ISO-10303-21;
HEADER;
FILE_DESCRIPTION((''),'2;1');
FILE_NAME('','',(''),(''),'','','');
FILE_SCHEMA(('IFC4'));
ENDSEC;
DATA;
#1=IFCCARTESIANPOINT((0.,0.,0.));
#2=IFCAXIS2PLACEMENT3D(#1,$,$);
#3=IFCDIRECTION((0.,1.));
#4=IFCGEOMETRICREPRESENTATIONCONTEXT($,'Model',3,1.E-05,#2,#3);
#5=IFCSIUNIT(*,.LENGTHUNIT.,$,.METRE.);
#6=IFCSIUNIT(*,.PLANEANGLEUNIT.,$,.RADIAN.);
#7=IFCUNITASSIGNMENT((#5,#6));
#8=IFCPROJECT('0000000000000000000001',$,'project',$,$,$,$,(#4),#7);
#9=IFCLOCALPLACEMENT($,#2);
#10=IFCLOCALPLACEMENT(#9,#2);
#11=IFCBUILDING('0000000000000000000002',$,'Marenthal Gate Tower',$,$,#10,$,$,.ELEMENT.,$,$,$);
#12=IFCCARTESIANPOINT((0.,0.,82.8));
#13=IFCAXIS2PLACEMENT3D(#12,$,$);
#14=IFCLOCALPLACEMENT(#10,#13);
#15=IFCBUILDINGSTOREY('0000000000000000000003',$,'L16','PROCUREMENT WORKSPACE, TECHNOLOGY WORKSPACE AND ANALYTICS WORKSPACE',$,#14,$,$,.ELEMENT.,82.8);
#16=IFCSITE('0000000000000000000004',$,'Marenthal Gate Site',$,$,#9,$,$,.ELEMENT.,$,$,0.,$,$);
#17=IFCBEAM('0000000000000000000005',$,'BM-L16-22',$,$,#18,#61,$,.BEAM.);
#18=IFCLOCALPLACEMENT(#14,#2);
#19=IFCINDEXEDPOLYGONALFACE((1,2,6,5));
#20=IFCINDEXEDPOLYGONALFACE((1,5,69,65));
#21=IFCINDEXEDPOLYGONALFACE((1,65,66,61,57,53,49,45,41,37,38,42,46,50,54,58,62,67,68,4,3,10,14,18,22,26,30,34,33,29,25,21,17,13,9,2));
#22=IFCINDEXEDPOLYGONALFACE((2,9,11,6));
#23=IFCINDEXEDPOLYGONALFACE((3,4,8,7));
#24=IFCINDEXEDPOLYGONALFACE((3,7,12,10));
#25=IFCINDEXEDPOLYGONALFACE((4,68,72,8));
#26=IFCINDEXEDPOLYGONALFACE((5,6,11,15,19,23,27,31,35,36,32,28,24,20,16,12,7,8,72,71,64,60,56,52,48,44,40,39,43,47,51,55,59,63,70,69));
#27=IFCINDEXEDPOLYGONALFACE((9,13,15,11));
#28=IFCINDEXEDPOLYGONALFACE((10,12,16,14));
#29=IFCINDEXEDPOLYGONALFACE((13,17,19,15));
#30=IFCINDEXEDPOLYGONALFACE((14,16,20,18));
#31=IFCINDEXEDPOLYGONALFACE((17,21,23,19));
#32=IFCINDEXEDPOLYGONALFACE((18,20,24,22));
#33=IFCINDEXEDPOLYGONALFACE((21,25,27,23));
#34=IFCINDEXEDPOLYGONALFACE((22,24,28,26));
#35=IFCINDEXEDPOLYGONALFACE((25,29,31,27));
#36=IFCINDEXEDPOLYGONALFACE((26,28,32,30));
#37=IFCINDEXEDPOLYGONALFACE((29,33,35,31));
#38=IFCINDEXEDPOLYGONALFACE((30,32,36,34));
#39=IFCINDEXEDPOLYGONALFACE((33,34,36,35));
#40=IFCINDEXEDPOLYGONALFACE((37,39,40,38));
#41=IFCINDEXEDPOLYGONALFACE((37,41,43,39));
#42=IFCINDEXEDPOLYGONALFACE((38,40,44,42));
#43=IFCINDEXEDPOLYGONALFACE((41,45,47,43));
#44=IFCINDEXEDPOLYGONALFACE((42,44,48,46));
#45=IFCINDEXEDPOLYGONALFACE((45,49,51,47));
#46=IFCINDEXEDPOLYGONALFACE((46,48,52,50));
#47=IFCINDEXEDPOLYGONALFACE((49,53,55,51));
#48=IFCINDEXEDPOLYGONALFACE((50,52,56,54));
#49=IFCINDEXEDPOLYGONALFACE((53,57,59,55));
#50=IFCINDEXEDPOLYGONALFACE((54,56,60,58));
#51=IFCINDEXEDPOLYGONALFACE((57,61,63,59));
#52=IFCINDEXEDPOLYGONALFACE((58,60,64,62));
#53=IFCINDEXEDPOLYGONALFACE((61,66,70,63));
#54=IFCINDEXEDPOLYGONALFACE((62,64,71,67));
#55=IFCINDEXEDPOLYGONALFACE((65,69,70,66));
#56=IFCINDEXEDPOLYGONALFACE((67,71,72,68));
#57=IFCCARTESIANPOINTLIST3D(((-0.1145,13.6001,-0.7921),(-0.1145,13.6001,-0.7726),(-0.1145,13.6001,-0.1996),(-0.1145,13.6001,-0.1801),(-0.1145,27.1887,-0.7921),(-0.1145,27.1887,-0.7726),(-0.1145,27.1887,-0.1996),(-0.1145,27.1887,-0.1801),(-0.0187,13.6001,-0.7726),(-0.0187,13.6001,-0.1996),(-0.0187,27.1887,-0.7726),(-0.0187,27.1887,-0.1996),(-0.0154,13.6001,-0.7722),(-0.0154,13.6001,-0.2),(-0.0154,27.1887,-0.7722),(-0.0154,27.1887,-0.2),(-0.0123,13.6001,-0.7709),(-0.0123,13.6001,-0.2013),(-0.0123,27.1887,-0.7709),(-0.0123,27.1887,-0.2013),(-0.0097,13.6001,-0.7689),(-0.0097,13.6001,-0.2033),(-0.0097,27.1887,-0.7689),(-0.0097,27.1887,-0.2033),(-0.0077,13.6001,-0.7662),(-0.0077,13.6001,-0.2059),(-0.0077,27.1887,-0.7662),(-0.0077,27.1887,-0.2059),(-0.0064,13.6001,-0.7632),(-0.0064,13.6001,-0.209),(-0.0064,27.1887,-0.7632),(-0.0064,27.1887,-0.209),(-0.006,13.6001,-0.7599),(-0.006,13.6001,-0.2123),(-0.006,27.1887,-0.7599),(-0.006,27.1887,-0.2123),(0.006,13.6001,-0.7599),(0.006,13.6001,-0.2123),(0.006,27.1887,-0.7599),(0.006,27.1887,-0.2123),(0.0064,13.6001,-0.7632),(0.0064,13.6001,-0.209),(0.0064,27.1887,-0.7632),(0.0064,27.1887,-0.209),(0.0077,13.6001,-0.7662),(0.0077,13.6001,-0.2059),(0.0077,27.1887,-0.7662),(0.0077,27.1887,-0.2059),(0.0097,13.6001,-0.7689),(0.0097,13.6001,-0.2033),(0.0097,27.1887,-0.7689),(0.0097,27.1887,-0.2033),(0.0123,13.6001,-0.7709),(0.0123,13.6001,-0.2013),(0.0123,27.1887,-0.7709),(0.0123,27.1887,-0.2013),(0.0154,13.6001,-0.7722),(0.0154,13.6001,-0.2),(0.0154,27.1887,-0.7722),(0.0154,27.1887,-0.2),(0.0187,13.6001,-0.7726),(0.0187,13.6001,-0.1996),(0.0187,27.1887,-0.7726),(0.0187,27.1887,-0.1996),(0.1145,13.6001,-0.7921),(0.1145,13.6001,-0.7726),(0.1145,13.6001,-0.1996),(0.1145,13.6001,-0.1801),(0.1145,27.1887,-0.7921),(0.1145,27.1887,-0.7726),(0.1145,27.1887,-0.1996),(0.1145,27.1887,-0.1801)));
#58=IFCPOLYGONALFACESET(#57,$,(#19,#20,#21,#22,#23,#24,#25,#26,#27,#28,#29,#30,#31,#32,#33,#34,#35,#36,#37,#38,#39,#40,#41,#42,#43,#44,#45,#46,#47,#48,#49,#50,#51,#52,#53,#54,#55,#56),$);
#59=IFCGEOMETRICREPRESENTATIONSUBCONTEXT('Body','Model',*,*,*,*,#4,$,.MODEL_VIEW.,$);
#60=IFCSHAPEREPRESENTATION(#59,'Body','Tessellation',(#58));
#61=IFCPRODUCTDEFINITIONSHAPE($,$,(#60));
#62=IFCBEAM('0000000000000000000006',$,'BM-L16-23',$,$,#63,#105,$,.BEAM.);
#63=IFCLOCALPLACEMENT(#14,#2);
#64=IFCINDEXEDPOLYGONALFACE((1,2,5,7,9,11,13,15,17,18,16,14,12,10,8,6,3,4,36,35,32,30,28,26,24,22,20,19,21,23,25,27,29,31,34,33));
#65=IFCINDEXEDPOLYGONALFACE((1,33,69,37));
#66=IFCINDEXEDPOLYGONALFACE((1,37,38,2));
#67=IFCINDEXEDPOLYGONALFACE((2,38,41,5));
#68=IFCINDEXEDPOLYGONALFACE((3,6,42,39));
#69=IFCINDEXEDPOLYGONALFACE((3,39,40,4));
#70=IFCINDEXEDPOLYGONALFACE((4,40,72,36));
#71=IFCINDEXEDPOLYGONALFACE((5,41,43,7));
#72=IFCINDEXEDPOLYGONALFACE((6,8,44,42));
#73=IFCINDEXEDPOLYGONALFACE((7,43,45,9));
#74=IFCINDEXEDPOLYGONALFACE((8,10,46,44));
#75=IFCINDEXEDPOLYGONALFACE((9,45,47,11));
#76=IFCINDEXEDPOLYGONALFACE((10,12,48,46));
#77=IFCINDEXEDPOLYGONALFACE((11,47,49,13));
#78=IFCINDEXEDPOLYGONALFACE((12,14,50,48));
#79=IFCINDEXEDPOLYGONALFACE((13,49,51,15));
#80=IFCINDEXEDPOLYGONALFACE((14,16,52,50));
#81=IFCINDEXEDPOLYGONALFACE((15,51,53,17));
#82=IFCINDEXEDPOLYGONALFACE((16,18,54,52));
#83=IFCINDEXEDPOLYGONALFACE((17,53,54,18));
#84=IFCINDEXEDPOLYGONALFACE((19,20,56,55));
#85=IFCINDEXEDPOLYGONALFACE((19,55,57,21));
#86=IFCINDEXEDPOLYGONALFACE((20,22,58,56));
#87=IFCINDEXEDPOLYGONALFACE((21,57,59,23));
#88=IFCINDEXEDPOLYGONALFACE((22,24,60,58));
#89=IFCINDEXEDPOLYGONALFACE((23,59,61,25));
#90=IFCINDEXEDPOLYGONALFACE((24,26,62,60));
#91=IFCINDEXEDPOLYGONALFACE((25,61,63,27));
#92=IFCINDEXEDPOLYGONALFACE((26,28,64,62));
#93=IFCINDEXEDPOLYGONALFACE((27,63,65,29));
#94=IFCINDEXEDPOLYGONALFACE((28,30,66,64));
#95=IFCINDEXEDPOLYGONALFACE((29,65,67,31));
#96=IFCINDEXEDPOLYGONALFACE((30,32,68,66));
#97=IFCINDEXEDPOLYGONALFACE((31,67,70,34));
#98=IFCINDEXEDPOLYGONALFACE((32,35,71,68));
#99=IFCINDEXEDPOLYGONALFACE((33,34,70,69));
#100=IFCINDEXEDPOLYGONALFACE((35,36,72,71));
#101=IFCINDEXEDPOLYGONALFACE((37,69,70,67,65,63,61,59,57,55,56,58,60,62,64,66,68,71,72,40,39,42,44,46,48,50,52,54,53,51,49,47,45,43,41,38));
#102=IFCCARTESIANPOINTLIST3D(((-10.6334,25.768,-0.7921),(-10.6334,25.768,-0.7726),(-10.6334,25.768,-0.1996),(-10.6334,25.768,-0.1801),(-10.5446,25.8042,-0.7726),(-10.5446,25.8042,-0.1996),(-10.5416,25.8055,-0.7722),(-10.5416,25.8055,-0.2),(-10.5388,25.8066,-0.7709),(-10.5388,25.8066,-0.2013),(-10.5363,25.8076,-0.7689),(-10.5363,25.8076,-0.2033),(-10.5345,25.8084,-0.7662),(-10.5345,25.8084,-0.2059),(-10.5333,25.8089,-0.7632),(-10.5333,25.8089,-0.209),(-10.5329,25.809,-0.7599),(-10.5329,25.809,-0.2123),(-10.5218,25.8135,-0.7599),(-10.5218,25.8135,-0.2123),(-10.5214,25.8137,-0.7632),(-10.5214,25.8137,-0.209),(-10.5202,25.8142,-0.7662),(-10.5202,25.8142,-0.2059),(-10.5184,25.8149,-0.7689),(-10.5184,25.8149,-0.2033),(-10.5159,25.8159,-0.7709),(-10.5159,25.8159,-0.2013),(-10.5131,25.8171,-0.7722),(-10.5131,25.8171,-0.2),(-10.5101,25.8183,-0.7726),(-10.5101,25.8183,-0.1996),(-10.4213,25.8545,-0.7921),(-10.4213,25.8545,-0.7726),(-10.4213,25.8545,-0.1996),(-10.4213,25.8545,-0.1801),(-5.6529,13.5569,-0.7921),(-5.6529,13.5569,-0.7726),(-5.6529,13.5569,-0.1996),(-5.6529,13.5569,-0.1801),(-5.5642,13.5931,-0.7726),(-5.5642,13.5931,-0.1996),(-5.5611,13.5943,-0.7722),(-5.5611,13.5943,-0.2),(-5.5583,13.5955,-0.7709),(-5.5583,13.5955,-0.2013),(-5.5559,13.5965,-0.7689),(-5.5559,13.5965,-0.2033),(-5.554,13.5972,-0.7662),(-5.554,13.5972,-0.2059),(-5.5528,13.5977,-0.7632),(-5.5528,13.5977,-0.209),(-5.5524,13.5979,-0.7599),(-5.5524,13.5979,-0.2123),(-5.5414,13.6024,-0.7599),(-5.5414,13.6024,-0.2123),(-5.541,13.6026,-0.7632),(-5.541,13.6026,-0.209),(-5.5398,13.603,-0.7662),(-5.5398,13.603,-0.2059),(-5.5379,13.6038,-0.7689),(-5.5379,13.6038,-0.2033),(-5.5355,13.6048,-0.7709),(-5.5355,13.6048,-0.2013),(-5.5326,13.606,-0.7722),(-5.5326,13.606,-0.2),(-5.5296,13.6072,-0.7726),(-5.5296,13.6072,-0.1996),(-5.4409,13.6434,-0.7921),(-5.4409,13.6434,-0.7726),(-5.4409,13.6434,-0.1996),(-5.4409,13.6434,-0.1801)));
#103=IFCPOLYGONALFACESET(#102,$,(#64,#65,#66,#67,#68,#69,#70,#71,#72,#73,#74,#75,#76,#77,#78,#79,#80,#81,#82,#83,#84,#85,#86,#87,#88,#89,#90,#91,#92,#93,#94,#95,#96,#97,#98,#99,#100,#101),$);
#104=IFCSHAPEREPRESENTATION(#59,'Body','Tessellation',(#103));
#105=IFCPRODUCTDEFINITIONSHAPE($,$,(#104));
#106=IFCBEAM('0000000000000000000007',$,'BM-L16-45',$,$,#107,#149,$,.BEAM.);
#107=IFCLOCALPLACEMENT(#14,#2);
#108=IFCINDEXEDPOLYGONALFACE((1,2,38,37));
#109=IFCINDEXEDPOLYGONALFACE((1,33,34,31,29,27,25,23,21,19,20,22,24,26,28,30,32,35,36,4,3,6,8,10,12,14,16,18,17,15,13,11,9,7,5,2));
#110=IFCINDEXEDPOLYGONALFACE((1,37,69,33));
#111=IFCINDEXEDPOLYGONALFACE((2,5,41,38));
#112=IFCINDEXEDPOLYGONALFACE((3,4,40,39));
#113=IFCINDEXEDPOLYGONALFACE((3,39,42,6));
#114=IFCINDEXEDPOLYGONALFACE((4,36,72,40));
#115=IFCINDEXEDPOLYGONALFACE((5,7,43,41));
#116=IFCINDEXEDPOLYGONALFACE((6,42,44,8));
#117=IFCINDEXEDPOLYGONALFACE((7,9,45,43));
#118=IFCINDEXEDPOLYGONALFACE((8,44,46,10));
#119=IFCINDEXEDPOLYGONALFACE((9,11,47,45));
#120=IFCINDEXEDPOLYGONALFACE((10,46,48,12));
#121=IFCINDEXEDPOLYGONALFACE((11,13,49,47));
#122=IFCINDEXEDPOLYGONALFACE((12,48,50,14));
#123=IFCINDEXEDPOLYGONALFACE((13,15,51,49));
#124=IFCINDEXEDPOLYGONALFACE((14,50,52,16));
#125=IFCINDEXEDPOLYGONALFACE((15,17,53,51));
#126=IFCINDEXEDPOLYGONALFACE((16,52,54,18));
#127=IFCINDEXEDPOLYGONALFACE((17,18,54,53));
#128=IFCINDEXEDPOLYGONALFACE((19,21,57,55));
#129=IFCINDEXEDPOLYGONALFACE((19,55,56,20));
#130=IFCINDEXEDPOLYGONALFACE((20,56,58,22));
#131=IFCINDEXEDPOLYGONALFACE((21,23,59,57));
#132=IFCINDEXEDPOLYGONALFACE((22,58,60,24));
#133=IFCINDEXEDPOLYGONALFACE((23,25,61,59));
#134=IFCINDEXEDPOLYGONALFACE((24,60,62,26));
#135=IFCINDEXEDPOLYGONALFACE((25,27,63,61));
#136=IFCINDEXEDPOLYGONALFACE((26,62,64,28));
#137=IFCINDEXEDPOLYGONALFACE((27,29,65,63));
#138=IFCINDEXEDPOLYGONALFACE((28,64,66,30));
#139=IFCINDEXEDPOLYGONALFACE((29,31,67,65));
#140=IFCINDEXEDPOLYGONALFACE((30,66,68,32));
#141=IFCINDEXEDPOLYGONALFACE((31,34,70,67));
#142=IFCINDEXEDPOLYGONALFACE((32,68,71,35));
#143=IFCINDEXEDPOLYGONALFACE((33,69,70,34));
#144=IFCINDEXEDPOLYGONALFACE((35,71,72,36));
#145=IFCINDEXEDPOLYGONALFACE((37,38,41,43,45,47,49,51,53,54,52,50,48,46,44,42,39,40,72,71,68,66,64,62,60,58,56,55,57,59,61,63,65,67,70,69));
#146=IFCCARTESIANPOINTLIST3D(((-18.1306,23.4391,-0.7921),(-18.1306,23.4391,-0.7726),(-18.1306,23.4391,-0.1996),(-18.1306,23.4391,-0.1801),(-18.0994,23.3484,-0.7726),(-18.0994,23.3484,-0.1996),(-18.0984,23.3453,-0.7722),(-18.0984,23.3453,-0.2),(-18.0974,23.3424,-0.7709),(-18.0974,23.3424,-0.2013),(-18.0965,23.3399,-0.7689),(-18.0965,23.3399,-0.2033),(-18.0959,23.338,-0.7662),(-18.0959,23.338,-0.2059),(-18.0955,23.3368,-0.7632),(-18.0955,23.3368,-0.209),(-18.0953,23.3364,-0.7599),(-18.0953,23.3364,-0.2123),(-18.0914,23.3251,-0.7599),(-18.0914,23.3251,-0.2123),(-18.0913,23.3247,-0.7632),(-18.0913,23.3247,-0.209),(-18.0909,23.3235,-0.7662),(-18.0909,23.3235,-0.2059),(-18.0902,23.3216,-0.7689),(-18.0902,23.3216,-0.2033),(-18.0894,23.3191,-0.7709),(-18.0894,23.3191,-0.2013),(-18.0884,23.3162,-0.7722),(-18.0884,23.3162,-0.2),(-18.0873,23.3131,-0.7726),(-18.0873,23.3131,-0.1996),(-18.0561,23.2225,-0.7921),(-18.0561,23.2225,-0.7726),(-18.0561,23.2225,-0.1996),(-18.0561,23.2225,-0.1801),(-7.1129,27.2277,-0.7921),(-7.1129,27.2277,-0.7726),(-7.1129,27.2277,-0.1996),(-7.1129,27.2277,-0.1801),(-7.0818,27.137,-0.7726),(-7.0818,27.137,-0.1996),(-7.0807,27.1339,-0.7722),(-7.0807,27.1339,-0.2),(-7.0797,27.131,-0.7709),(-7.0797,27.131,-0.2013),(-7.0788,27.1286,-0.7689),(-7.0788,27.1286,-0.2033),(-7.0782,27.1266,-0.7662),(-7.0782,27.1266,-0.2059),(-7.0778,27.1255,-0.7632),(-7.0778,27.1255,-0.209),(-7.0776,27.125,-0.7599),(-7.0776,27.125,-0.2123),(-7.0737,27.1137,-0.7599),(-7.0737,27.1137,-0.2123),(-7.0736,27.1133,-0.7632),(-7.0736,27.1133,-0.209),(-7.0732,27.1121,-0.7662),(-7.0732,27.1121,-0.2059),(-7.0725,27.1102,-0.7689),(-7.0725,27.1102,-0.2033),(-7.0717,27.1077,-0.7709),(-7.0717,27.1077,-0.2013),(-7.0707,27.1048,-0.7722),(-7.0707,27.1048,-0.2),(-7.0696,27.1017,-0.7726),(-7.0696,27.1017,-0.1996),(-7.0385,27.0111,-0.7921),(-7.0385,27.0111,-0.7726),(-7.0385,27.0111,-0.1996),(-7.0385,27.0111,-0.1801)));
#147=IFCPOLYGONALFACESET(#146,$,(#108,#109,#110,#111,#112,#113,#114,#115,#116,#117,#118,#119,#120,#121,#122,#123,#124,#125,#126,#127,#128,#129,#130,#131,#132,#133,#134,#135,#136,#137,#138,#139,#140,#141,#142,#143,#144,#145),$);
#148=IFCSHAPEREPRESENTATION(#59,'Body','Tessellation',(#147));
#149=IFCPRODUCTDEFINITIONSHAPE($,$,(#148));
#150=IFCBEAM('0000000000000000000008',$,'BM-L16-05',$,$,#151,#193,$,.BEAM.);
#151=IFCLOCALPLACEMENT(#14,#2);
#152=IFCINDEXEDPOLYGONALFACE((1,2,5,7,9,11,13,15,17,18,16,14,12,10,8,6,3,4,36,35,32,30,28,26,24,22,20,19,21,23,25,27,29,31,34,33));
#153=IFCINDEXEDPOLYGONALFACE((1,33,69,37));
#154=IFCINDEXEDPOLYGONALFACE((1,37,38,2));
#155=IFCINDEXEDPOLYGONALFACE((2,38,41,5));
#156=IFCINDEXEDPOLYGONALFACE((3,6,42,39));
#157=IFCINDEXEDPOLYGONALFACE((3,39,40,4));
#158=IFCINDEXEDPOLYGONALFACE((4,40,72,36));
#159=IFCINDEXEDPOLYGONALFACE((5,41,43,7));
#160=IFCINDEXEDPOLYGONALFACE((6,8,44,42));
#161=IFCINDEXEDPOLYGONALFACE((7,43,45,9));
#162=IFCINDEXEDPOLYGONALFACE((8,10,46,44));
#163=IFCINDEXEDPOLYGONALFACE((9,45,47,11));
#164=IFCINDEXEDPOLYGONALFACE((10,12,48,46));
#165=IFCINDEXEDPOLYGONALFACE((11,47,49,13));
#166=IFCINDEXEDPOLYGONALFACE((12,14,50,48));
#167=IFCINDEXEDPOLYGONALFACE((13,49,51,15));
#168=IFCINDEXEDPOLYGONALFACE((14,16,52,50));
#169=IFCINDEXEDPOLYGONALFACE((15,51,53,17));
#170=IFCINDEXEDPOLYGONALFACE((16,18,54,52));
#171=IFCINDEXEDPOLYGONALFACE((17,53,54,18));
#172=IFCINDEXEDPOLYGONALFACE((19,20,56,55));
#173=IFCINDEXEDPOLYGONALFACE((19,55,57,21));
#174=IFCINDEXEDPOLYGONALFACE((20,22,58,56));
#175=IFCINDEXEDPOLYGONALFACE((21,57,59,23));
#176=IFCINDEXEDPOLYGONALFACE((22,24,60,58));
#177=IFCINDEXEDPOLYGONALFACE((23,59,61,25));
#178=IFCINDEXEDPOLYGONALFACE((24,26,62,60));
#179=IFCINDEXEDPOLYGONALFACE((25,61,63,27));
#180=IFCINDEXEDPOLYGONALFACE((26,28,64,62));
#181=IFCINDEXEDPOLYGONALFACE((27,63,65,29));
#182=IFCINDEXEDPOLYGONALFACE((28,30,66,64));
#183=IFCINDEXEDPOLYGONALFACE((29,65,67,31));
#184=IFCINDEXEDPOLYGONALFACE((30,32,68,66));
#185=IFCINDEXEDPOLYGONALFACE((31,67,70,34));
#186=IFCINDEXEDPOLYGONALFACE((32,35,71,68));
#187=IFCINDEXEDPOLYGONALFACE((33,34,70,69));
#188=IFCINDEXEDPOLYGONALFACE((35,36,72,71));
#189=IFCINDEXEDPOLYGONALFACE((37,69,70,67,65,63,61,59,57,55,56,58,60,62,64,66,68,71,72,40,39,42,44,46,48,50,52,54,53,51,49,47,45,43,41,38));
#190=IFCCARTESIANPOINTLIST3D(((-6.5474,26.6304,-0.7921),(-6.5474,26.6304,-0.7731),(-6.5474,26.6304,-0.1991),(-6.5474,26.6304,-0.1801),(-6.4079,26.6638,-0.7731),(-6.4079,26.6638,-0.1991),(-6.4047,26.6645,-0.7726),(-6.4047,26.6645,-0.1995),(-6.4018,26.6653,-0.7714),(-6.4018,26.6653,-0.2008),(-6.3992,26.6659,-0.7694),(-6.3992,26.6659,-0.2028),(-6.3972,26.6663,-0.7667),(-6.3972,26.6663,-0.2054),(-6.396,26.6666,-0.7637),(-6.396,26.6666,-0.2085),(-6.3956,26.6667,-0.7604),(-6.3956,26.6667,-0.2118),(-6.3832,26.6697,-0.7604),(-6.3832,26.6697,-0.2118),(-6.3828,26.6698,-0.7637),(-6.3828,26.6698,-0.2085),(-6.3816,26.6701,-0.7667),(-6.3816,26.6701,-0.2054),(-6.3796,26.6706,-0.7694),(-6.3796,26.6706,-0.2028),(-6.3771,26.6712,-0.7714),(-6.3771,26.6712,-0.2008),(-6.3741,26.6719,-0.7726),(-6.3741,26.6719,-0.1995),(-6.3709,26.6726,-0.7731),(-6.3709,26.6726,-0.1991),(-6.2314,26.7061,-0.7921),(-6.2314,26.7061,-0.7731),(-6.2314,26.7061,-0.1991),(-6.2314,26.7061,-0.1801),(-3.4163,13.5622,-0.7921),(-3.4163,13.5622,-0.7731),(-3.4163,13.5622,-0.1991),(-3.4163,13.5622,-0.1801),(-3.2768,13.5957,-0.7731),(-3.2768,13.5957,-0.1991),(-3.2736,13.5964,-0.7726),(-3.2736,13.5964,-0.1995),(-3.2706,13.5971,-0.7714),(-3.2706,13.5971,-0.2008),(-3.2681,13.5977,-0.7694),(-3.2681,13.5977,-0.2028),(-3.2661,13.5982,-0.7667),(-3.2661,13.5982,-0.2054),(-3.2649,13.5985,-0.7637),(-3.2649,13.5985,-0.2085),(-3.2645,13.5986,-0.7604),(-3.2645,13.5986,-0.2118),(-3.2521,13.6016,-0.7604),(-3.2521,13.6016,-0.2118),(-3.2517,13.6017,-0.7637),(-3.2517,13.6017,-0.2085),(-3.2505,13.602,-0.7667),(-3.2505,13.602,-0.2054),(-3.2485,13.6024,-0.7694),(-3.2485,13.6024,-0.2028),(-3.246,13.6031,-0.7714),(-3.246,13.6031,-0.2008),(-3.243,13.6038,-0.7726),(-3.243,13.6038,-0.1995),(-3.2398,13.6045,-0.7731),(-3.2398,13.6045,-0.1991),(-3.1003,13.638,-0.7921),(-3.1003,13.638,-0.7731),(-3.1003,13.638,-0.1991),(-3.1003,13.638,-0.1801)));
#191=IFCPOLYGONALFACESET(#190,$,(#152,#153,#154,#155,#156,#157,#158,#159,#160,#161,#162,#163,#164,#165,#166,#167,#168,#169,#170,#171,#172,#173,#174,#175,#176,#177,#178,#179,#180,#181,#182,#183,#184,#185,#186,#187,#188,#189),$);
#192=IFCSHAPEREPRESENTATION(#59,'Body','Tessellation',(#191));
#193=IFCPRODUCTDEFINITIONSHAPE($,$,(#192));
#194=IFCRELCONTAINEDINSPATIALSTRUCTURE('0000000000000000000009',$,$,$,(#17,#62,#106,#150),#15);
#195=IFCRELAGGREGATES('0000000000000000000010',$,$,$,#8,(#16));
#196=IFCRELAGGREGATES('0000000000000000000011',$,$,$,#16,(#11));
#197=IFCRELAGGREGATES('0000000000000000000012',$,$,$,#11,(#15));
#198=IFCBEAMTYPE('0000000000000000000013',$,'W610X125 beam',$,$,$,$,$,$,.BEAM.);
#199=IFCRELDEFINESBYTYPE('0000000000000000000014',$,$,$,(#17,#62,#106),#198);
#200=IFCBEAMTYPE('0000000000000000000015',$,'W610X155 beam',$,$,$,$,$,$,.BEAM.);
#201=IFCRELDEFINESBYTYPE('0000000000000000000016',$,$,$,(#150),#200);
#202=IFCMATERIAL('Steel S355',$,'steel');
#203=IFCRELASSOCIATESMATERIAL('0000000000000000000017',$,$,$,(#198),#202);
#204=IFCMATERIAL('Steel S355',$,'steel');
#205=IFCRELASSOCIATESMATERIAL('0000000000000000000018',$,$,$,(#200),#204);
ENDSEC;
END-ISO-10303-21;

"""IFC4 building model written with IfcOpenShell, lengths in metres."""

from ifc_helpers import new_model, si_unit, direction, frame, origin, origin_2d, place, context, subcontext, project, spatial, i_section, extrude, material, material_profile, profile_set, type_object, element, save


model = new_model("IFC4")

# Units and contexts
model_context = context("Model", 3, precision=1e-05, world=origin(), true_north=direction((0.0, 1.0)))
body_context = subcontext(model_context, "Body", "Model", "MODEL_VIEW")
ifc_project = project(units=[si_unit("LENGTHUNIT", "METRE"), si_unit("PLANEANGLEUNIT", "RADIAN")], contexts=[model_context])

# Site, building, storey
site_placement = place(None, origin())
site = spatial("IfcSite", under=ifc_project, at=site_placement, Name="Marenthal Gate Site", CompositionType="ELEMENT", RefElevation=0.0)
building_placement = place(site_placement, origin())
building = spatial("IfcBuilding", under=site, at=building_placement, Name="Marenthal Gate Tower", CompositionType="ELEMENT")
storey_placement = place(building_placement, frame((0.0, 0.0, 82.8)))
storey = spatial("IfcBuildingStorey", under=building, at=storey_placement, Name="L16", Description="PROCUREMENT WORKSPACE, TECHNOLOGY WORKSPACE AND ANALYTICS WORKSPACE", CompositionType="ELEMENT", Elevation=82.8)

# Beams
ifc_material_1 = material(Name="Steel S355", Category="steel")
ifc_material_profile_1 = material_profile(ifc_material_1, i_section(OverallWidth=0.229, OverallDepth=0.6121, WebThickness=0.012, FlangeThickness=0.0195, FilletRadius=0.0127, at=origin_2d()), Name="W610X125")
ifc_profile_set_1 = profile_set([ifc_material_profile_1], Name="Steel S355")
beam_type_1 = type_object("IfcBeamType", Name="W610X125 beam", PredefinedType="BEAM", material=ifc_profile_set_1)
beam_1_placement = place(storey_placement, frame((0.0, 27.1887, -0.4861), z_axis=(0.0, -1.0, 0.0), x_axis=(1.0, 0.0, 0.0)))
element("IfcBeam", 1, at=beam_1_placement, inside=storey, type_object=beam_type_1, Name="BM-L16-22", PredefinedType="BEAM", context=body_context, shape_type="SweptSolid", body=[
    extrude(i_section(OverallWidth=0.229, OverallDepth=0.6121, WebThickness=0.012, FlangeThickness=0.0195, FilletRadius=0.0127, at=origin_2d()), origin(), (0.0, 0.0, 1.0), 13.5886),
])
beam_2_placement = place(storey_placement, frame((-10.5273, 25.8113, -0.4861), z_axis=(0.377657, -0.925945, 0.0), x_axis=(0.925945, 0.377657, 0.0)))
element("IfcBeam", 2, at=beam_2_placement, inside=storey, type_object=beam_type_1, Name="BM-L16-23", PredefinedType="BEAM", context=body_context, shape_type="SweptSolid", body=[
    extrude(i_section(OverallWidth=0.229, OverallDepth=0.6121, WebThickness=0.012, FlangeThickness=0.0195, FilletRadius=0.0127, at=origin_2d()), origin(), (0.0, 0.0, 1.0), 13.1877),
])
beam_3_placement = place(storey_placement, frame((-7.0757, 27.1194, -0.4861), z_axis=(-0.945653, -0.325178, 0.0), x_axis=(0.325178, -0.945653, 0.0)))
element("IfcBeam", 3, at=beam_3_placement, inside=storey, type_object=beam_type_1, Name="BM-L16-45", PredefinedType="BEAM", context=body_context, shape_type="SweptSolid", body=[
    extrude(i_section(OverallWidth=0.229, OverallDepth=0.6121, WebThickness=0.012, FlangeThickness=0.0195, FilletRadius=0.0127, at=origin_2d()), origin(), (0.0, 0.0, 1.0), 11.6509),
])
ifc_material_2 = material(Name="Steel S355", Category="steel")
ifc_material_profile_2 = material_profile(ifc_material_2, i_section(OverallWidth=0.325, OverallDepth=0.6121, WebThickness=0.0127, FlangeThickness=0.019, FilletRadius=0.0127, at=origin_2d()), Name="W610X155")
ifc_profile_set_2 = profile_set([ifc_material_profile_2], Name="Steel S355")
beam_type_2 = type_object("IfcBeamType", Name="W610X155 beam", PredefinedType="BEAM", material=ifc_profile_set_2)
beam_4_placement = place(storey_placement, frame((-6.3894, 26.6682, -0.4861), z_axis=(0.233004, -0.972476, 0.0), x_axis=(0.972476, 0.233004, 0.0)))
element("IfcBeam", 4, at=beam_4_placement, inside=storey, type_object=beam_type_2, Name="BM-L16-05", PredefinedType="BEAM", context=body_context, shape_type="SweptSolid", body=[
    extrude(i_section(OverallWidth=0.325, OverallDepth=0.6121, WebThickness=0.0127, FlangeThickness=0.019, FilletRadius=0.0127, at=origin_2d()), origin(), (0.0, 0.0, 1.0), 13.438),
])

save(model, "model.ifc")
